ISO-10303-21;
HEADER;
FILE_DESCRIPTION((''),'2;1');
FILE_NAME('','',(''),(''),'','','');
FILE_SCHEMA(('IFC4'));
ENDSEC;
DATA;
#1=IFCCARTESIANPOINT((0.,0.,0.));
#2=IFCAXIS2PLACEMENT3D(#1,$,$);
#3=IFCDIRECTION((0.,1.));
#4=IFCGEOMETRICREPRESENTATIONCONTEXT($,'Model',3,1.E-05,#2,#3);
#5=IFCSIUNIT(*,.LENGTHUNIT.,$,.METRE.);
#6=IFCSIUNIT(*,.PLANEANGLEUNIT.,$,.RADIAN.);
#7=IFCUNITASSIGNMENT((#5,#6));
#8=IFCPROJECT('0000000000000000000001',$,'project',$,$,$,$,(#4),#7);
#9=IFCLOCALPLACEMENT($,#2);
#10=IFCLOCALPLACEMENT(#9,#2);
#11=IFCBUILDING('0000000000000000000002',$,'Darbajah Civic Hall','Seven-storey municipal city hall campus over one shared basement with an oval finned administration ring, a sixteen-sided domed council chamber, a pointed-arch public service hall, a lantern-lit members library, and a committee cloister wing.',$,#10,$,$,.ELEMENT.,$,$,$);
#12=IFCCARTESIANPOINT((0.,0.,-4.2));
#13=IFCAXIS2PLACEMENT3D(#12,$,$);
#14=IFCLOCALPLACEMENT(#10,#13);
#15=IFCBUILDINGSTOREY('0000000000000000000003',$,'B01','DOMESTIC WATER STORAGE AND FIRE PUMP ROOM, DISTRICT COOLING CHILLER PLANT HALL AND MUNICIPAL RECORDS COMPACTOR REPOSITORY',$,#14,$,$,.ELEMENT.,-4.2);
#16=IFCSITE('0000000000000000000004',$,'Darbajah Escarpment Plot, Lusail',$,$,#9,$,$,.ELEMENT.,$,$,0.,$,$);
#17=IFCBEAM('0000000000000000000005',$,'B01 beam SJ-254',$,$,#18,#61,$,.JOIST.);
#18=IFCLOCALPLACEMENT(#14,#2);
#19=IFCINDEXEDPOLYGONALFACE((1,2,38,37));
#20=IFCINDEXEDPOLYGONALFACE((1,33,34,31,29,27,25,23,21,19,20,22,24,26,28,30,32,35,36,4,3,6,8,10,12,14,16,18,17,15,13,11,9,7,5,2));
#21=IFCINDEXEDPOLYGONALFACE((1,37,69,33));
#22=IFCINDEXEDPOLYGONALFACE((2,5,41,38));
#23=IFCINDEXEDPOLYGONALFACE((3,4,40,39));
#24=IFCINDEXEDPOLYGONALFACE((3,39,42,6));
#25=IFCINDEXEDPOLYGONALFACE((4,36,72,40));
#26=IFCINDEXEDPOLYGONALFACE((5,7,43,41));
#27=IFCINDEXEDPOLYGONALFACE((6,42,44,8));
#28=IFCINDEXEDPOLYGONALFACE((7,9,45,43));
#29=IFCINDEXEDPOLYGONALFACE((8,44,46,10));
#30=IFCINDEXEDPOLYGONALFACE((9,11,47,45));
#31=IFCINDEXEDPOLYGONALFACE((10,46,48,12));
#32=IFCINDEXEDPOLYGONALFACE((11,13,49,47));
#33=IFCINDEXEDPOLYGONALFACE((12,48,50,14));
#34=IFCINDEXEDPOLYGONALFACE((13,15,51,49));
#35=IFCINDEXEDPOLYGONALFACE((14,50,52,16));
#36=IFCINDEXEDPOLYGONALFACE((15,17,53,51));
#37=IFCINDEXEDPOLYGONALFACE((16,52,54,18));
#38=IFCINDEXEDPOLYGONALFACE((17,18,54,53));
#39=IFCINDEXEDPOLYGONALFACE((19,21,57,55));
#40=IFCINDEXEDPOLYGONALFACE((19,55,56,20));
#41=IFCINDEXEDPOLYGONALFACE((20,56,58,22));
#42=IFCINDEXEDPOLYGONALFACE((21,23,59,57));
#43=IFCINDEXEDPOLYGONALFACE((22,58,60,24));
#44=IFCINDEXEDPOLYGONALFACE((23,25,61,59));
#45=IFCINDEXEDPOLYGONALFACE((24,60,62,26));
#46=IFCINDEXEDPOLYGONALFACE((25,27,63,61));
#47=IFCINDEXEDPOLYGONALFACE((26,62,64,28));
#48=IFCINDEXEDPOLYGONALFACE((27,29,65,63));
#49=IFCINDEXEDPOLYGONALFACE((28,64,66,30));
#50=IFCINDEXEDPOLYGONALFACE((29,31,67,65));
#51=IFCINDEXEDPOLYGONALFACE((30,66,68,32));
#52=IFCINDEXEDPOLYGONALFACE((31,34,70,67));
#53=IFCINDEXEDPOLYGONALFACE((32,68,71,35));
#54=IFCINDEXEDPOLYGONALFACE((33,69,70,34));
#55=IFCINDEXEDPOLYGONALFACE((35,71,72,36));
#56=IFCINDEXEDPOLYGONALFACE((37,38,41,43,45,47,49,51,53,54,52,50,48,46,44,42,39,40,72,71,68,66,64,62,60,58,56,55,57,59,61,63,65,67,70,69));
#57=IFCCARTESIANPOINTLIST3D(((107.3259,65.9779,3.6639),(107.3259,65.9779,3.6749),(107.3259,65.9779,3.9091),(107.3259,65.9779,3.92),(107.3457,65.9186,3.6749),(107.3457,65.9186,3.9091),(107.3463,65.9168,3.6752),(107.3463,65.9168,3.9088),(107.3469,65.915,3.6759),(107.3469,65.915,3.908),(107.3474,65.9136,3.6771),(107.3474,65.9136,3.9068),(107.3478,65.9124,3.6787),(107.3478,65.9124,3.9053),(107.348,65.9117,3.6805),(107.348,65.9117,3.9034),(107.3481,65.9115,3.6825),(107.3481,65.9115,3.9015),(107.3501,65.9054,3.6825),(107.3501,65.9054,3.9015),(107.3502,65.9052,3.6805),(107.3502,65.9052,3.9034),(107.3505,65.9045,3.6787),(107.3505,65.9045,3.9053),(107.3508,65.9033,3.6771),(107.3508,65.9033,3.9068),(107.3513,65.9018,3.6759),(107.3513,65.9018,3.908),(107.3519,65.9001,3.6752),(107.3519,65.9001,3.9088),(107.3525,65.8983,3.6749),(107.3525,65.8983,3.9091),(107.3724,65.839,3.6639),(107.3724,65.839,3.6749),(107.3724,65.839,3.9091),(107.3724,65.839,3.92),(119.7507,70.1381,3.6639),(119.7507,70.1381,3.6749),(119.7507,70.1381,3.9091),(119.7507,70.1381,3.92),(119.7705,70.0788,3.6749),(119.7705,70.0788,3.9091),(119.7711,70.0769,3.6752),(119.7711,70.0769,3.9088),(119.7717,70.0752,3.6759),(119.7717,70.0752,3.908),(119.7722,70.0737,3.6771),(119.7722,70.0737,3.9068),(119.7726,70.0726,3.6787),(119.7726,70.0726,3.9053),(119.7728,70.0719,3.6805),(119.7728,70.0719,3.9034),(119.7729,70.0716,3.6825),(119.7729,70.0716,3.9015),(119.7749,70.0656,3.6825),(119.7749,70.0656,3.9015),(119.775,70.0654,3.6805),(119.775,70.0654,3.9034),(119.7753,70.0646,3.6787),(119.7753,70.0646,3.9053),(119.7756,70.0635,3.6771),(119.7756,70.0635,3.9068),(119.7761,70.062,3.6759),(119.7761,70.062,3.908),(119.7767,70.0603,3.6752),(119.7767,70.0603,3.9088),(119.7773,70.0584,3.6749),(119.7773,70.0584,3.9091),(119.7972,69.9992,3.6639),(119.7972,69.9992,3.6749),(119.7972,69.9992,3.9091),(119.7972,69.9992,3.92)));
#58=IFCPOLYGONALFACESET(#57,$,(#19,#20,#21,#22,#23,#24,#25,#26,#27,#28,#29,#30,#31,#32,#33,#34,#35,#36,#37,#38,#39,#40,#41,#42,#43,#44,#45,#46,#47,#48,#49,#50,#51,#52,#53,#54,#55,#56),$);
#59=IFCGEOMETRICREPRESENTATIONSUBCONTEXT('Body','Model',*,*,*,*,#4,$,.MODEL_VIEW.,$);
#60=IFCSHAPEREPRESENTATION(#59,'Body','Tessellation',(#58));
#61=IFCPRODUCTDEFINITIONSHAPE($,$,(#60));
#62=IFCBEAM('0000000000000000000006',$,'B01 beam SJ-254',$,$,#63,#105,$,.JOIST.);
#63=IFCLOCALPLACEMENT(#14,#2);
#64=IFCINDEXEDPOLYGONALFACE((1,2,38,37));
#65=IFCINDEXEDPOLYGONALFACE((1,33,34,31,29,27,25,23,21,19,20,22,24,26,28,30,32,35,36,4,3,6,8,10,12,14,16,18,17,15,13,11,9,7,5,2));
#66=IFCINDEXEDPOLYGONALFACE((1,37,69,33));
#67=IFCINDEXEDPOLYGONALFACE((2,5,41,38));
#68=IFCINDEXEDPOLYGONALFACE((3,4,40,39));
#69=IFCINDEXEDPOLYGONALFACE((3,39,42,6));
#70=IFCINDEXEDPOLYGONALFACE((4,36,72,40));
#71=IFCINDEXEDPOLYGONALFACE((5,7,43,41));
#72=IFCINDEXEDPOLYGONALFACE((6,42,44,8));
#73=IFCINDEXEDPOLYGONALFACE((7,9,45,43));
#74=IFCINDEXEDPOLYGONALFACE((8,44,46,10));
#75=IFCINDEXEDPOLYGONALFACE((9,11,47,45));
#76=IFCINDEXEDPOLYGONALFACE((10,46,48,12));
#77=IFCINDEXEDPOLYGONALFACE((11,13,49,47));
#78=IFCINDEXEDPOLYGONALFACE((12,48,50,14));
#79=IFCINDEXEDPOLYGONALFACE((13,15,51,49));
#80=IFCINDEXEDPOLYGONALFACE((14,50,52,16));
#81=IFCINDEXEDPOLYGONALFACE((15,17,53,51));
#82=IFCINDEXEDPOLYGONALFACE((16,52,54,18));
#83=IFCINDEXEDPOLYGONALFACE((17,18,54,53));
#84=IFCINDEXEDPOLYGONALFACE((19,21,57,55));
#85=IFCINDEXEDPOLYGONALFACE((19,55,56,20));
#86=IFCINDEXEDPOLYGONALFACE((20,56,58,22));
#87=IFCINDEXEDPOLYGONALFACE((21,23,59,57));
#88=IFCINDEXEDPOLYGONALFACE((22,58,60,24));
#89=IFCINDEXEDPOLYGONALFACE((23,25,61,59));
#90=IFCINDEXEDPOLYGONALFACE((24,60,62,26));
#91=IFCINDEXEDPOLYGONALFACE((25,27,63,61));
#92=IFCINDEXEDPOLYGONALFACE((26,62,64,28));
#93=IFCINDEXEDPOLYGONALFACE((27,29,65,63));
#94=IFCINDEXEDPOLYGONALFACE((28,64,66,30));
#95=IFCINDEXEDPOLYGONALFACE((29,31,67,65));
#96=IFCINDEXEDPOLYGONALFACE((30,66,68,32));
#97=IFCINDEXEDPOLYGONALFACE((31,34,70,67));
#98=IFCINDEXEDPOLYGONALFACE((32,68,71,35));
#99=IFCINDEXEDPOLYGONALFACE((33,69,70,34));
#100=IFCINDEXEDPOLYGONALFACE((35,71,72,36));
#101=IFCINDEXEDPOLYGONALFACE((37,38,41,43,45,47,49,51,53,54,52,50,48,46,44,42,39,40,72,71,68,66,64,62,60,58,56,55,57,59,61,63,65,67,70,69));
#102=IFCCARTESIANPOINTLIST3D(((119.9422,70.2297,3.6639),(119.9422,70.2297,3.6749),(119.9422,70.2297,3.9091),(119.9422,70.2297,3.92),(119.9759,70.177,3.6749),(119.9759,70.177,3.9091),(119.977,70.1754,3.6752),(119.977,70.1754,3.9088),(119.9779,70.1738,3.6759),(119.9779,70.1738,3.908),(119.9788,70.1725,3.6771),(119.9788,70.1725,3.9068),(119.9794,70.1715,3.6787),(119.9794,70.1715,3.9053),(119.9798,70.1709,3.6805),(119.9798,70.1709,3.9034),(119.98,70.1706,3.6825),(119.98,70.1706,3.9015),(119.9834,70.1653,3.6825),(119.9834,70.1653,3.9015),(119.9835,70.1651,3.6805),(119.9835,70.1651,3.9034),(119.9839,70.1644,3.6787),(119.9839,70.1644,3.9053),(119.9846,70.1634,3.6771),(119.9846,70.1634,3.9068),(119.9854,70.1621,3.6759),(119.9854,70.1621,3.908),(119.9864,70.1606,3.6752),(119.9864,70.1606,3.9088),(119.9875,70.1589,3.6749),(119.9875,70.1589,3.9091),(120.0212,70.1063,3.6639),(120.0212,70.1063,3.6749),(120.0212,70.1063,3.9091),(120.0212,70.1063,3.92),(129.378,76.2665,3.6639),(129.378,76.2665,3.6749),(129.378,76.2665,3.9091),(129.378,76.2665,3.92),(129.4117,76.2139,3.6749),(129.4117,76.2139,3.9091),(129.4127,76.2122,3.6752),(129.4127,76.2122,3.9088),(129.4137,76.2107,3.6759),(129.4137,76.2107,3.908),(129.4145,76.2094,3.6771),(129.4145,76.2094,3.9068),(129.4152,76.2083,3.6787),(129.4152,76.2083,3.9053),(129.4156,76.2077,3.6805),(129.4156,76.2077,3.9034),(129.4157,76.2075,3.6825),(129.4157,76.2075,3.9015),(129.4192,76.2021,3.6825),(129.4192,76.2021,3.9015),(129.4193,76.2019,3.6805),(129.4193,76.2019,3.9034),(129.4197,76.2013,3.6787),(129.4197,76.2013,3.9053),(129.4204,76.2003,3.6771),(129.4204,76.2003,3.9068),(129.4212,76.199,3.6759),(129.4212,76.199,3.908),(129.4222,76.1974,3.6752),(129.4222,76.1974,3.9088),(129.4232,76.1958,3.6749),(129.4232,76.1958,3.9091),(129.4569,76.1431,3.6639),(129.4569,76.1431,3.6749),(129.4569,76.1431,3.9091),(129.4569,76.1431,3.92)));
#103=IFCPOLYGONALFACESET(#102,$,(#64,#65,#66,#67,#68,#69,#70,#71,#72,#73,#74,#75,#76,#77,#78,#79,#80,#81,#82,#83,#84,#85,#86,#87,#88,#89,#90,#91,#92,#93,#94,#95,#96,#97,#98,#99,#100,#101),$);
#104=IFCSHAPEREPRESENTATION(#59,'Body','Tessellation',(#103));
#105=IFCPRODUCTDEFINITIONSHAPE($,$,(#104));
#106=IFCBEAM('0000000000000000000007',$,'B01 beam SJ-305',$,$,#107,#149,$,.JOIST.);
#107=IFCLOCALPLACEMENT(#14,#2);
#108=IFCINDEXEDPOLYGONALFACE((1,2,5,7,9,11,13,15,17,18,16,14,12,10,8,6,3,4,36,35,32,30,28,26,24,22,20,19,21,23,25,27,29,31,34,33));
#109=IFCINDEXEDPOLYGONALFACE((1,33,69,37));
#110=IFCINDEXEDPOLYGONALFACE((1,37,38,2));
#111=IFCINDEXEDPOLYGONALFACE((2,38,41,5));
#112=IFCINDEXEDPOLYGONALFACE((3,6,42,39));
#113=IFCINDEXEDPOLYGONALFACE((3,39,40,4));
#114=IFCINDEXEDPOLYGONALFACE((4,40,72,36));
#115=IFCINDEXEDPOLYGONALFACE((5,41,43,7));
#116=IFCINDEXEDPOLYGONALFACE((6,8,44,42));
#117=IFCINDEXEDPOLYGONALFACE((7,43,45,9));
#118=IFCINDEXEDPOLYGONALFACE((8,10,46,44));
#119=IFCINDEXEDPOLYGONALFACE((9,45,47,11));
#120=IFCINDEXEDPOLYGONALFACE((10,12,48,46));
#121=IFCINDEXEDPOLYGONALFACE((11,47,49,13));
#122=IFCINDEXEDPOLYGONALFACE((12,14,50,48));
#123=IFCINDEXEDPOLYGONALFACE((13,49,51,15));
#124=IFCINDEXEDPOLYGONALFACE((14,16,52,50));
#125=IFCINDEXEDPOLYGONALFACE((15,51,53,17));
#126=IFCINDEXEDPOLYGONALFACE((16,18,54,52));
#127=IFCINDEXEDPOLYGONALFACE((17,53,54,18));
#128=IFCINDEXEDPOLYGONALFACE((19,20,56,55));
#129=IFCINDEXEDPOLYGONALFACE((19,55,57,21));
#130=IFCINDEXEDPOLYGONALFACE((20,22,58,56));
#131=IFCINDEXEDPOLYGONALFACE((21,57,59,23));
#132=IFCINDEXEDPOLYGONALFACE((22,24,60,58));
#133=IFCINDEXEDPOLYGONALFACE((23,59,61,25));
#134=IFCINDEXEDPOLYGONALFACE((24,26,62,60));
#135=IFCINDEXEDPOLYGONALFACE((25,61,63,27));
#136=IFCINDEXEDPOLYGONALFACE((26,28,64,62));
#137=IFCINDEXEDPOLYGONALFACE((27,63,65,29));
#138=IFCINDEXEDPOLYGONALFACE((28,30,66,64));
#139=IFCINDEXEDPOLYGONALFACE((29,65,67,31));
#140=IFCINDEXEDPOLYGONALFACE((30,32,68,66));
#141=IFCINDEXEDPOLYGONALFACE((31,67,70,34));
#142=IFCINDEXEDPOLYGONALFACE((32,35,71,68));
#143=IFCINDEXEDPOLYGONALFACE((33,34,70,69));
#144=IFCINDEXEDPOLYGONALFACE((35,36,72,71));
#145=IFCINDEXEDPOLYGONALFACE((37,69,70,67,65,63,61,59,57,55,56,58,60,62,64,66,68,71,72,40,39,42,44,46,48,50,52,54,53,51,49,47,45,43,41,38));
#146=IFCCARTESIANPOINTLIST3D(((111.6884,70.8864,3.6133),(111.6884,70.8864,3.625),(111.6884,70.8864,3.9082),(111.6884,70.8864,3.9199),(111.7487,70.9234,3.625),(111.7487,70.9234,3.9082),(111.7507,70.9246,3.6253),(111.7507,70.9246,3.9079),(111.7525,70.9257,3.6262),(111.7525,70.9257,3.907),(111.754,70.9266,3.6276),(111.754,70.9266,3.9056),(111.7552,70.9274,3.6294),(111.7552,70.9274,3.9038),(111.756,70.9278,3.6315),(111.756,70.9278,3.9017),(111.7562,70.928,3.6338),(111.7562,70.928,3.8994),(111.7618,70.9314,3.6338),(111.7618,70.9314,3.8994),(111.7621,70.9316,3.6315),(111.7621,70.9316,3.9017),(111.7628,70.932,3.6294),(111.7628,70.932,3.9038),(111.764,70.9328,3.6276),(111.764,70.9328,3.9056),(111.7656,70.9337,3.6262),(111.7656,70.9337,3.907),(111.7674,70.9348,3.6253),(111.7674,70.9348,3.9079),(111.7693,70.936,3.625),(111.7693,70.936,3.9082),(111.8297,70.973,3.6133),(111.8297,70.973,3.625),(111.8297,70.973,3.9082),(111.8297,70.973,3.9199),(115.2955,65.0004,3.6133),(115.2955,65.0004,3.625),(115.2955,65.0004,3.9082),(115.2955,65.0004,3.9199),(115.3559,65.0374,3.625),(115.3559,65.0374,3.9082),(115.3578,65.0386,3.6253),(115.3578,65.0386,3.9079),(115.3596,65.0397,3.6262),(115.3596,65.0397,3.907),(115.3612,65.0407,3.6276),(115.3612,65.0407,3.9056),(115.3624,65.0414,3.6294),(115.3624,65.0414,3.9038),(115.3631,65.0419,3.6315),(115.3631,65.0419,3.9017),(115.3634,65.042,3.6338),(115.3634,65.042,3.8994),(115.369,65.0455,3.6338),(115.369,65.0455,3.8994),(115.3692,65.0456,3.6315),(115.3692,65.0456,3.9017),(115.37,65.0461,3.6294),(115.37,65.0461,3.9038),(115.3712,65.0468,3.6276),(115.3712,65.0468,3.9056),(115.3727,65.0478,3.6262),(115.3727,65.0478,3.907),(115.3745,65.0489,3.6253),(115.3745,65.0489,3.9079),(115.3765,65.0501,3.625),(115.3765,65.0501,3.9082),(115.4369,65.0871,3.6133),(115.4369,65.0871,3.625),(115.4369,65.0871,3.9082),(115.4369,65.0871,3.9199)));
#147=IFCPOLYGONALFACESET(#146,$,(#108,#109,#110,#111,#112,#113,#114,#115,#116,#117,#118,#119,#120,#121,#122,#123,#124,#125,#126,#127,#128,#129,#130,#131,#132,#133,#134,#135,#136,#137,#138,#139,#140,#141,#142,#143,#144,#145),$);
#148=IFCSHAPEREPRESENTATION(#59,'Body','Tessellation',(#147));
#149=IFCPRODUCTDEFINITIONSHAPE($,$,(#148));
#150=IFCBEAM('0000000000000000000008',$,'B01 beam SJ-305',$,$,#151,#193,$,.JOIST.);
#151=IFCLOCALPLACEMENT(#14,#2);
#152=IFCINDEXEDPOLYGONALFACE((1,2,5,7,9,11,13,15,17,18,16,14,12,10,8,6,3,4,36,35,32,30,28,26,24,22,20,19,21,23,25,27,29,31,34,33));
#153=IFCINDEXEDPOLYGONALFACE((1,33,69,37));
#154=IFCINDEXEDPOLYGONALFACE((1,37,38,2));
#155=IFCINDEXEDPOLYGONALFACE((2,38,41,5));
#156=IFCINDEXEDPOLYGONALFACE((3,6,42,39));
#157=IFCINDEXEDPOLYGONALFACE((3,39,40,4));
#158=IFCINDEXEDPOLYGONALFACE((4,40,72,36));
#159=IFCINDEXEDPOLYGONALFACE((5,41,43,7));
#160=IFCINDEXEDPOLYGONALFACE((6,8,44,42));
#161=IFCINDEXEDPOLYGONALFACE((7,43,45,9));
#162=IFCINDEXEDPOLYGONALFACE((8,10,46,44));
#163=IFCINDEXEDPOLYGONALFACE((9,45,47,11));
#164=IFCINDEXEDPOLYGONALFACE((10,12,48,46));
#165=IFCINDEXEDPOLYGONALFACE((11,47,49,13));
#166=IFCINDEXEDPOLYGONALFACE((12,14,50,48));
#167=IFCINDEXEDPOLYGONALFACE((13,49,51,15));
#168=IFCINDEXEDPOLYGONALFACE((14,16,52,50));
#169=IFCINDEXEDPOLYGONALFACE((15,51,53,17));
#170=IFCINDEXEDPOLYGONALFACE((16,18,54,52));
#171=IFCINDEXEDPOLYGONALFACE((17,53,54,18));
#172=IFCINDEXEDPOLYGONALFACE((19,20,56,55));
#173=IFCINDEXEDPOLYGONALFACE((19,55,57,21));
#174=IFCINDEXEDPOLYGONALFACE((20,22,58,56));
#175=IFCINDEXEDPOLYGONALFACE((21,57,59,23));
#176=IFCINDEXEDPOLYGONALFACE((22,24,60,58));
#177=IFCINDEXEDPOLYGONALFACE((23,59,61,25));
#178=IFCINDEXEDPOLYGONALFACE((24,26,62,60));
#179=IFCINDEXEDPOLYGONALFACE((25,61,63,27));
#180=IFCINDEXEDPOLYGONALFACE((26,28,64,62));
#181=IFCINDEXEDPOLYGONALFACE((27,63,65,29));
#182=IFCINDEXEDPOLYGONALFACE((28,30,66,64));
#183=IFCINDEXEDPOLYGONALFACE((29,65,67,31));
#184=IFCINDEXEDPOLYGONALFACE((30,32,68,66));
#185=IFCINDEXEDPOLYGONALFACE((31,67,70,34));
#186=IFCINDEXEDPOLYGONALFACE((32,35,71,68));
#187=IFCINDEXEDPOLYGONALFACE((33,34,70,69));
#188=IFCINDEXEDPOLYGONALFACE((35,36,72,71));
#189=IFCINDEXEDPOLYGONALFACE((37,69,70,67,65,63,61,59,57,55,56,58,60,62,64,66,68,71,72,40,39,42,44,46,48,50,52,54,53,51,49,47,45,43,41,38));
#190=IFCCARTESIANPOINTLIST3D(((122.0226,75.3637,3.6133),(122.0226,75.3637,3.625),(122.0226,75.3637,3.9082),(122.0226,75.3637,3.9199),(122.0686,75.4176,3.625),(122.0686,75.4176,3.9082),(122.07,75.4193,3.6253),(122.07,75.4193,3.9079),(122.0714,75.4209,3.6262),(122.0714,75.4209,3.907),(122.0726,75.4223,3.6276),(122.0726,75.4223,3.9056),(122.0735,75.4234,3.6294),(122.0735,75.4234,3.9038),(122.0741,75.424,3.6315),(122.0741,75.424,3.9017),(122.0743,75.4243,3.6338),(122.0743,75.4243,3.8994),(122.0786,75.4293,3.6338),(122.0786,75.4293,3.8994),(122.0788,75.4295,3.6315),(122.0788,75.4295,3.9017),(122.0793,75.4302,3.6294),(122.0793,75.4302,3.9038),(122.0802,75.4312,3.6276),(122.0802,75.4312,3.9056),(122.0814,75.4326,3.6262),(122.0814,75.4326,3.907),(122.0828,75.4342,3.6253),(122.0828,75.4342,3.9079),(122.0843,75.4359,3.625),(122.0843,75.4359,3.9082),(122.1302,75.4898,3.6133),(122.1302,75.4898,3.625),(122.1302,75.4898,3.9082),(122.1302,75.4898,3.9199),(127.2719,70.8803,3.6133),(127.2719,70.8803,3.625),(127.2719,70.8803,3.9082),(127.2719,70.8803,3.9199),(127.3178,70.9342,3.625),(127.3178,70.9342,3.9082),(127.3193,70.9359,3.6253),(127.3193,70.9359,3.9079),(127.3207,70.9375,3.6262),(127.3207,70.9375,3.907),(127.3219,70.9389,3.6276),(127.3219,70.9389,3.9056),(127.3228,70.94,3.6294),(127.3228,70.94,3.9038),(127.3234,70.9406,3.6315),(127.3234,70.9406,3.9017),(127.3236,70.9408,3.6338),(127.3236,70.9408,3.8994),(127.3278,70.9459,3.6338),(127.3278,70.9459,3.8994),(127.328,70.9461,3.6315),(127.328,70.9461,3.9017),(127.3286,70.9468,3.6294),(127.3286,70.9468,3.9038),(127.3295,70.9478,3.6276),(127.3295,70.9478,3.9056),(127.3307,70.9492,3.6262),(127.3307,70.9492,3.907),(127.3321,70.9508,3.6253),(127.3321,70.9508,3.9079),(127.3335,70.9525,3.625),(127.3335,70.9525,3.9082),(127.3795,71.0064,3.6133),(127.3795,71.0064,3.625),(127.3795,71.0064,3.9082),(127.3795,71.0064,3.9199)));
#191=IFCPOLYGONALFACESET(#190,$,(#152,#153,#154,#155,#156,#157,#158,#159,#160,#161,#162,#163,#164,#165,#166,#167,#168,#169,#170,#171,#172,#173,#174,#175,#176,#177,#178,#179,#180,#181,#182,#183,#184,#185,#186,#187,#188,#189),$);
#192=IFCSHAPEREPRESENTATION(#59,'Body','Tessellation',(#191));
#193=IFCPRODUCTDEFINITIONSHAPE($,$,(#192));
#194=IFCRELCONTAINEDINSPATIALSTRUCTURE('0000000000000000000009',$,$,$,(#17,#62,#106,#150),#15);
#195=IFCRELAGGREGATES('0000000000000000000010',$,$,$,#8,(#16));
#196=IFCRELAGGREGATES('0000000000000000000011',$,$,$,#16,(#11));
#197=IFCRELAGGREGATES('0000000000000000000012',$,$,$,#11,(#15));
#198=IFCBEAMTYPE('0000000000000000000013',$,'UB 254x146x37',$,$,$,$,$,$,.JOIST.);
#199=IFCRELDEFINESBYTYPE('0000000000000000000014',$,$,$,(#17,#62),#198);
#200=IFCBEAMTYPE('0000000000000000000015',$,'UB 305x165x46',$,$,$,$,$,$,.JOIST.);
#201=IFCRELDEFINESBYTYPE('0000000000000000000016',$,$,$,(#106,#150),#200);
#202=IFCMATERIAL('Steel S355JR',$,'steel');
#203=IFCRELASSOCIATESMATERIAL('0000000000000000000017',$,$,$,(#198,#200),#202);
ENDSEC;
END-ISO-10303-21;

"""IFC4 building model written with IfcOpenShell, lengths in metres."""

from ifc_helpers import new_model, si_unit, direction, frame, origin, origin_2d, place, context, subcontext, project, spatial, i_section, extrude, material, material_profile, profile_set, type_object, element, save


model = new_model("IFC4")

# Units and contexts
model_context = context("Model", 3, precision=1e-05, world=origin(), true_north=direction((0.0, 1.0)))
body_context = subcontext(model_context, "Body", "Model", "MODEL_VIEW")
ifc_project = project(units=[si_unit("LENGTHUNIT", "METRE"), si_unit("PLANEANGLEUNIT", "RADIAN")], contexts=[model_context])

# Site, building, storey
site_placement = place(None, origin())
site = spatial("IfcSite", under=ifc_project, at=site_placement, Name="Darbajah Escarpment Plot, Lusail", CompositionType="ELEMENT", RefElevation=0.0)
building_placement = place(site_placement, origin())
building = spatial("IfcBuilding", under=site, at=building_placement, Name="Darbajah Civic Hall", Description="Seven-storey municipal city hall campus over one shared basement with an oval finned administration ring, a sixteen-sided domed council chamber, a pointed-arch public service hall, a lantern-lit members library, and a committee cloister wing.", CompositionType="ELEMENT")
storey_placement = place(building_placement, frame((0.0, 0.0, -4.2)))
storey = spatial("IfcBuildingStorey", under=building, at=storey_placement, Name="B01", Description="DOMESTIC WATER STORAGE AND FIRE PUMP ROOM, DISTRICT COOLING CHILLER PLANT HALL AND MUNICIPAL RECORDS COMPACTOR REPOSITORY", CompositionType="ELEMENT", Elevation=-4.2)

# Beams
ifc_material_1 = material(Name="Steel S355JR", Category="steel")
ifc_material_profile_1 = material_profile(ifc_material_1, i_section(OverallWidth=0.1465, OverallDepth=0.2561, WebThickness=0.0063, FlangeThickness=0.011, FilletRadius=0.0076, at=origin_2d()), Name="UB 254x146x37")
ifc_profile_set_1 = profile_set([ifc_material_profile_1], Name="Steel S355JR")
beam_type_1 = type_object("IfcBeamType", Name="UB 254x146x37", PredefinedType="JOIST", material=ifc_profile_set_1)
beam_1_placement = place(storey_placement, frame((107.3491, 65.9084, 3.792), z_axis=(0.948258, 0.317502, 0.0), x_axis=(-0.317502, 0.948258, 0.0)))
element("IfcBeam", 1, at=beam_1_placement, inside=storey, type_object=beam_type_1, Name="B01 beam SJ-254", PredefinedType="JOIST", context=body_context, shape_type="SweptSolid", body=[
    extrude(i_section(OverallWidth=0.1465, OverallDepth=0.2561, WebThickness=0.0063, FlangeThickness=0.011, FilletRadius=0.0076, at=origin_2d()), origin(), (0.0, 0.0, 1.0), 13.1028),
])
beam_2_placement = place(storey_placement, frame((119.9817, 70.168, 3.792), z_axis=(0.842354, 0.538924, 0.0), x_axis=(-0.538924, 0.842354, 0.0)))
element("IfcBeam", 2, at=beam_2_placement, inside=storey, type_object=beam_type_1, Name="B01 beam SJ-254", PredefinedType="JOIST", context=body_context, shape_type="SweptSolid", body=[
    extrude(i_section(OverallWidth=0.1465, OverallDepth=0.2561, WebThickness=0.0063, FlangeThickness=0.011, FilletRadius=0.0076, at=origin_2d()), origin(), (0.0, 0.0, 1.0), 11.2017),
])
ifc_material_profile_2 = material_profile(ifc_material_1, i_section(OverallWidth=0.1658, OverallDepth=0.3066, WebThickness=0.0066, FlangeThickness=0.0117, FilletRadius=0.0088, at=origin_2d()), Name="UB 305x165x46")
ifc_profile_set_2 = profile_set([ifc_material_profile_2], Name="Steel S355JR")
beam_type_2 = type_object("IfcBeamType", Name="UB 305x165x46", PredefinedType="JOIST", material=ifc_profile_set_2)
for number, where, z_axis, x_axis, name in (
    (3, (111.759, 70.9297, 3.7666), (0.522524, -0.852625, 0.0), (0.852625, 0.522524, 0.0), "B01 beam SJ-305"),
    (4, (122.0764, 75.4268, 3.7666), (0.760399, -0.649456, 0.0), (0.649456, 0.760399, 0.0), "B01 beam SJ-305"),
):
    element("IfcBeam", number, at=place(storey_placement, frame(where, z_axis=z_axis, x_axis=x_axis)), inside=storey, type_object=beam_type_2, Name=name, PredefinedType="JOIST", context=body_context, shape_type="SweptSolid", body=[
        extrude(i_section(OverallWidth=0.1658, OverallDepth=0.3066, WebThickness=0.0066, FlangeThickness=0.0117, FilletRadius=0.0088, at=origin_2d()), origin(), (0.0, 0.0, 1.0), 6.9033),
    ])

save(model, "model.ifc")
